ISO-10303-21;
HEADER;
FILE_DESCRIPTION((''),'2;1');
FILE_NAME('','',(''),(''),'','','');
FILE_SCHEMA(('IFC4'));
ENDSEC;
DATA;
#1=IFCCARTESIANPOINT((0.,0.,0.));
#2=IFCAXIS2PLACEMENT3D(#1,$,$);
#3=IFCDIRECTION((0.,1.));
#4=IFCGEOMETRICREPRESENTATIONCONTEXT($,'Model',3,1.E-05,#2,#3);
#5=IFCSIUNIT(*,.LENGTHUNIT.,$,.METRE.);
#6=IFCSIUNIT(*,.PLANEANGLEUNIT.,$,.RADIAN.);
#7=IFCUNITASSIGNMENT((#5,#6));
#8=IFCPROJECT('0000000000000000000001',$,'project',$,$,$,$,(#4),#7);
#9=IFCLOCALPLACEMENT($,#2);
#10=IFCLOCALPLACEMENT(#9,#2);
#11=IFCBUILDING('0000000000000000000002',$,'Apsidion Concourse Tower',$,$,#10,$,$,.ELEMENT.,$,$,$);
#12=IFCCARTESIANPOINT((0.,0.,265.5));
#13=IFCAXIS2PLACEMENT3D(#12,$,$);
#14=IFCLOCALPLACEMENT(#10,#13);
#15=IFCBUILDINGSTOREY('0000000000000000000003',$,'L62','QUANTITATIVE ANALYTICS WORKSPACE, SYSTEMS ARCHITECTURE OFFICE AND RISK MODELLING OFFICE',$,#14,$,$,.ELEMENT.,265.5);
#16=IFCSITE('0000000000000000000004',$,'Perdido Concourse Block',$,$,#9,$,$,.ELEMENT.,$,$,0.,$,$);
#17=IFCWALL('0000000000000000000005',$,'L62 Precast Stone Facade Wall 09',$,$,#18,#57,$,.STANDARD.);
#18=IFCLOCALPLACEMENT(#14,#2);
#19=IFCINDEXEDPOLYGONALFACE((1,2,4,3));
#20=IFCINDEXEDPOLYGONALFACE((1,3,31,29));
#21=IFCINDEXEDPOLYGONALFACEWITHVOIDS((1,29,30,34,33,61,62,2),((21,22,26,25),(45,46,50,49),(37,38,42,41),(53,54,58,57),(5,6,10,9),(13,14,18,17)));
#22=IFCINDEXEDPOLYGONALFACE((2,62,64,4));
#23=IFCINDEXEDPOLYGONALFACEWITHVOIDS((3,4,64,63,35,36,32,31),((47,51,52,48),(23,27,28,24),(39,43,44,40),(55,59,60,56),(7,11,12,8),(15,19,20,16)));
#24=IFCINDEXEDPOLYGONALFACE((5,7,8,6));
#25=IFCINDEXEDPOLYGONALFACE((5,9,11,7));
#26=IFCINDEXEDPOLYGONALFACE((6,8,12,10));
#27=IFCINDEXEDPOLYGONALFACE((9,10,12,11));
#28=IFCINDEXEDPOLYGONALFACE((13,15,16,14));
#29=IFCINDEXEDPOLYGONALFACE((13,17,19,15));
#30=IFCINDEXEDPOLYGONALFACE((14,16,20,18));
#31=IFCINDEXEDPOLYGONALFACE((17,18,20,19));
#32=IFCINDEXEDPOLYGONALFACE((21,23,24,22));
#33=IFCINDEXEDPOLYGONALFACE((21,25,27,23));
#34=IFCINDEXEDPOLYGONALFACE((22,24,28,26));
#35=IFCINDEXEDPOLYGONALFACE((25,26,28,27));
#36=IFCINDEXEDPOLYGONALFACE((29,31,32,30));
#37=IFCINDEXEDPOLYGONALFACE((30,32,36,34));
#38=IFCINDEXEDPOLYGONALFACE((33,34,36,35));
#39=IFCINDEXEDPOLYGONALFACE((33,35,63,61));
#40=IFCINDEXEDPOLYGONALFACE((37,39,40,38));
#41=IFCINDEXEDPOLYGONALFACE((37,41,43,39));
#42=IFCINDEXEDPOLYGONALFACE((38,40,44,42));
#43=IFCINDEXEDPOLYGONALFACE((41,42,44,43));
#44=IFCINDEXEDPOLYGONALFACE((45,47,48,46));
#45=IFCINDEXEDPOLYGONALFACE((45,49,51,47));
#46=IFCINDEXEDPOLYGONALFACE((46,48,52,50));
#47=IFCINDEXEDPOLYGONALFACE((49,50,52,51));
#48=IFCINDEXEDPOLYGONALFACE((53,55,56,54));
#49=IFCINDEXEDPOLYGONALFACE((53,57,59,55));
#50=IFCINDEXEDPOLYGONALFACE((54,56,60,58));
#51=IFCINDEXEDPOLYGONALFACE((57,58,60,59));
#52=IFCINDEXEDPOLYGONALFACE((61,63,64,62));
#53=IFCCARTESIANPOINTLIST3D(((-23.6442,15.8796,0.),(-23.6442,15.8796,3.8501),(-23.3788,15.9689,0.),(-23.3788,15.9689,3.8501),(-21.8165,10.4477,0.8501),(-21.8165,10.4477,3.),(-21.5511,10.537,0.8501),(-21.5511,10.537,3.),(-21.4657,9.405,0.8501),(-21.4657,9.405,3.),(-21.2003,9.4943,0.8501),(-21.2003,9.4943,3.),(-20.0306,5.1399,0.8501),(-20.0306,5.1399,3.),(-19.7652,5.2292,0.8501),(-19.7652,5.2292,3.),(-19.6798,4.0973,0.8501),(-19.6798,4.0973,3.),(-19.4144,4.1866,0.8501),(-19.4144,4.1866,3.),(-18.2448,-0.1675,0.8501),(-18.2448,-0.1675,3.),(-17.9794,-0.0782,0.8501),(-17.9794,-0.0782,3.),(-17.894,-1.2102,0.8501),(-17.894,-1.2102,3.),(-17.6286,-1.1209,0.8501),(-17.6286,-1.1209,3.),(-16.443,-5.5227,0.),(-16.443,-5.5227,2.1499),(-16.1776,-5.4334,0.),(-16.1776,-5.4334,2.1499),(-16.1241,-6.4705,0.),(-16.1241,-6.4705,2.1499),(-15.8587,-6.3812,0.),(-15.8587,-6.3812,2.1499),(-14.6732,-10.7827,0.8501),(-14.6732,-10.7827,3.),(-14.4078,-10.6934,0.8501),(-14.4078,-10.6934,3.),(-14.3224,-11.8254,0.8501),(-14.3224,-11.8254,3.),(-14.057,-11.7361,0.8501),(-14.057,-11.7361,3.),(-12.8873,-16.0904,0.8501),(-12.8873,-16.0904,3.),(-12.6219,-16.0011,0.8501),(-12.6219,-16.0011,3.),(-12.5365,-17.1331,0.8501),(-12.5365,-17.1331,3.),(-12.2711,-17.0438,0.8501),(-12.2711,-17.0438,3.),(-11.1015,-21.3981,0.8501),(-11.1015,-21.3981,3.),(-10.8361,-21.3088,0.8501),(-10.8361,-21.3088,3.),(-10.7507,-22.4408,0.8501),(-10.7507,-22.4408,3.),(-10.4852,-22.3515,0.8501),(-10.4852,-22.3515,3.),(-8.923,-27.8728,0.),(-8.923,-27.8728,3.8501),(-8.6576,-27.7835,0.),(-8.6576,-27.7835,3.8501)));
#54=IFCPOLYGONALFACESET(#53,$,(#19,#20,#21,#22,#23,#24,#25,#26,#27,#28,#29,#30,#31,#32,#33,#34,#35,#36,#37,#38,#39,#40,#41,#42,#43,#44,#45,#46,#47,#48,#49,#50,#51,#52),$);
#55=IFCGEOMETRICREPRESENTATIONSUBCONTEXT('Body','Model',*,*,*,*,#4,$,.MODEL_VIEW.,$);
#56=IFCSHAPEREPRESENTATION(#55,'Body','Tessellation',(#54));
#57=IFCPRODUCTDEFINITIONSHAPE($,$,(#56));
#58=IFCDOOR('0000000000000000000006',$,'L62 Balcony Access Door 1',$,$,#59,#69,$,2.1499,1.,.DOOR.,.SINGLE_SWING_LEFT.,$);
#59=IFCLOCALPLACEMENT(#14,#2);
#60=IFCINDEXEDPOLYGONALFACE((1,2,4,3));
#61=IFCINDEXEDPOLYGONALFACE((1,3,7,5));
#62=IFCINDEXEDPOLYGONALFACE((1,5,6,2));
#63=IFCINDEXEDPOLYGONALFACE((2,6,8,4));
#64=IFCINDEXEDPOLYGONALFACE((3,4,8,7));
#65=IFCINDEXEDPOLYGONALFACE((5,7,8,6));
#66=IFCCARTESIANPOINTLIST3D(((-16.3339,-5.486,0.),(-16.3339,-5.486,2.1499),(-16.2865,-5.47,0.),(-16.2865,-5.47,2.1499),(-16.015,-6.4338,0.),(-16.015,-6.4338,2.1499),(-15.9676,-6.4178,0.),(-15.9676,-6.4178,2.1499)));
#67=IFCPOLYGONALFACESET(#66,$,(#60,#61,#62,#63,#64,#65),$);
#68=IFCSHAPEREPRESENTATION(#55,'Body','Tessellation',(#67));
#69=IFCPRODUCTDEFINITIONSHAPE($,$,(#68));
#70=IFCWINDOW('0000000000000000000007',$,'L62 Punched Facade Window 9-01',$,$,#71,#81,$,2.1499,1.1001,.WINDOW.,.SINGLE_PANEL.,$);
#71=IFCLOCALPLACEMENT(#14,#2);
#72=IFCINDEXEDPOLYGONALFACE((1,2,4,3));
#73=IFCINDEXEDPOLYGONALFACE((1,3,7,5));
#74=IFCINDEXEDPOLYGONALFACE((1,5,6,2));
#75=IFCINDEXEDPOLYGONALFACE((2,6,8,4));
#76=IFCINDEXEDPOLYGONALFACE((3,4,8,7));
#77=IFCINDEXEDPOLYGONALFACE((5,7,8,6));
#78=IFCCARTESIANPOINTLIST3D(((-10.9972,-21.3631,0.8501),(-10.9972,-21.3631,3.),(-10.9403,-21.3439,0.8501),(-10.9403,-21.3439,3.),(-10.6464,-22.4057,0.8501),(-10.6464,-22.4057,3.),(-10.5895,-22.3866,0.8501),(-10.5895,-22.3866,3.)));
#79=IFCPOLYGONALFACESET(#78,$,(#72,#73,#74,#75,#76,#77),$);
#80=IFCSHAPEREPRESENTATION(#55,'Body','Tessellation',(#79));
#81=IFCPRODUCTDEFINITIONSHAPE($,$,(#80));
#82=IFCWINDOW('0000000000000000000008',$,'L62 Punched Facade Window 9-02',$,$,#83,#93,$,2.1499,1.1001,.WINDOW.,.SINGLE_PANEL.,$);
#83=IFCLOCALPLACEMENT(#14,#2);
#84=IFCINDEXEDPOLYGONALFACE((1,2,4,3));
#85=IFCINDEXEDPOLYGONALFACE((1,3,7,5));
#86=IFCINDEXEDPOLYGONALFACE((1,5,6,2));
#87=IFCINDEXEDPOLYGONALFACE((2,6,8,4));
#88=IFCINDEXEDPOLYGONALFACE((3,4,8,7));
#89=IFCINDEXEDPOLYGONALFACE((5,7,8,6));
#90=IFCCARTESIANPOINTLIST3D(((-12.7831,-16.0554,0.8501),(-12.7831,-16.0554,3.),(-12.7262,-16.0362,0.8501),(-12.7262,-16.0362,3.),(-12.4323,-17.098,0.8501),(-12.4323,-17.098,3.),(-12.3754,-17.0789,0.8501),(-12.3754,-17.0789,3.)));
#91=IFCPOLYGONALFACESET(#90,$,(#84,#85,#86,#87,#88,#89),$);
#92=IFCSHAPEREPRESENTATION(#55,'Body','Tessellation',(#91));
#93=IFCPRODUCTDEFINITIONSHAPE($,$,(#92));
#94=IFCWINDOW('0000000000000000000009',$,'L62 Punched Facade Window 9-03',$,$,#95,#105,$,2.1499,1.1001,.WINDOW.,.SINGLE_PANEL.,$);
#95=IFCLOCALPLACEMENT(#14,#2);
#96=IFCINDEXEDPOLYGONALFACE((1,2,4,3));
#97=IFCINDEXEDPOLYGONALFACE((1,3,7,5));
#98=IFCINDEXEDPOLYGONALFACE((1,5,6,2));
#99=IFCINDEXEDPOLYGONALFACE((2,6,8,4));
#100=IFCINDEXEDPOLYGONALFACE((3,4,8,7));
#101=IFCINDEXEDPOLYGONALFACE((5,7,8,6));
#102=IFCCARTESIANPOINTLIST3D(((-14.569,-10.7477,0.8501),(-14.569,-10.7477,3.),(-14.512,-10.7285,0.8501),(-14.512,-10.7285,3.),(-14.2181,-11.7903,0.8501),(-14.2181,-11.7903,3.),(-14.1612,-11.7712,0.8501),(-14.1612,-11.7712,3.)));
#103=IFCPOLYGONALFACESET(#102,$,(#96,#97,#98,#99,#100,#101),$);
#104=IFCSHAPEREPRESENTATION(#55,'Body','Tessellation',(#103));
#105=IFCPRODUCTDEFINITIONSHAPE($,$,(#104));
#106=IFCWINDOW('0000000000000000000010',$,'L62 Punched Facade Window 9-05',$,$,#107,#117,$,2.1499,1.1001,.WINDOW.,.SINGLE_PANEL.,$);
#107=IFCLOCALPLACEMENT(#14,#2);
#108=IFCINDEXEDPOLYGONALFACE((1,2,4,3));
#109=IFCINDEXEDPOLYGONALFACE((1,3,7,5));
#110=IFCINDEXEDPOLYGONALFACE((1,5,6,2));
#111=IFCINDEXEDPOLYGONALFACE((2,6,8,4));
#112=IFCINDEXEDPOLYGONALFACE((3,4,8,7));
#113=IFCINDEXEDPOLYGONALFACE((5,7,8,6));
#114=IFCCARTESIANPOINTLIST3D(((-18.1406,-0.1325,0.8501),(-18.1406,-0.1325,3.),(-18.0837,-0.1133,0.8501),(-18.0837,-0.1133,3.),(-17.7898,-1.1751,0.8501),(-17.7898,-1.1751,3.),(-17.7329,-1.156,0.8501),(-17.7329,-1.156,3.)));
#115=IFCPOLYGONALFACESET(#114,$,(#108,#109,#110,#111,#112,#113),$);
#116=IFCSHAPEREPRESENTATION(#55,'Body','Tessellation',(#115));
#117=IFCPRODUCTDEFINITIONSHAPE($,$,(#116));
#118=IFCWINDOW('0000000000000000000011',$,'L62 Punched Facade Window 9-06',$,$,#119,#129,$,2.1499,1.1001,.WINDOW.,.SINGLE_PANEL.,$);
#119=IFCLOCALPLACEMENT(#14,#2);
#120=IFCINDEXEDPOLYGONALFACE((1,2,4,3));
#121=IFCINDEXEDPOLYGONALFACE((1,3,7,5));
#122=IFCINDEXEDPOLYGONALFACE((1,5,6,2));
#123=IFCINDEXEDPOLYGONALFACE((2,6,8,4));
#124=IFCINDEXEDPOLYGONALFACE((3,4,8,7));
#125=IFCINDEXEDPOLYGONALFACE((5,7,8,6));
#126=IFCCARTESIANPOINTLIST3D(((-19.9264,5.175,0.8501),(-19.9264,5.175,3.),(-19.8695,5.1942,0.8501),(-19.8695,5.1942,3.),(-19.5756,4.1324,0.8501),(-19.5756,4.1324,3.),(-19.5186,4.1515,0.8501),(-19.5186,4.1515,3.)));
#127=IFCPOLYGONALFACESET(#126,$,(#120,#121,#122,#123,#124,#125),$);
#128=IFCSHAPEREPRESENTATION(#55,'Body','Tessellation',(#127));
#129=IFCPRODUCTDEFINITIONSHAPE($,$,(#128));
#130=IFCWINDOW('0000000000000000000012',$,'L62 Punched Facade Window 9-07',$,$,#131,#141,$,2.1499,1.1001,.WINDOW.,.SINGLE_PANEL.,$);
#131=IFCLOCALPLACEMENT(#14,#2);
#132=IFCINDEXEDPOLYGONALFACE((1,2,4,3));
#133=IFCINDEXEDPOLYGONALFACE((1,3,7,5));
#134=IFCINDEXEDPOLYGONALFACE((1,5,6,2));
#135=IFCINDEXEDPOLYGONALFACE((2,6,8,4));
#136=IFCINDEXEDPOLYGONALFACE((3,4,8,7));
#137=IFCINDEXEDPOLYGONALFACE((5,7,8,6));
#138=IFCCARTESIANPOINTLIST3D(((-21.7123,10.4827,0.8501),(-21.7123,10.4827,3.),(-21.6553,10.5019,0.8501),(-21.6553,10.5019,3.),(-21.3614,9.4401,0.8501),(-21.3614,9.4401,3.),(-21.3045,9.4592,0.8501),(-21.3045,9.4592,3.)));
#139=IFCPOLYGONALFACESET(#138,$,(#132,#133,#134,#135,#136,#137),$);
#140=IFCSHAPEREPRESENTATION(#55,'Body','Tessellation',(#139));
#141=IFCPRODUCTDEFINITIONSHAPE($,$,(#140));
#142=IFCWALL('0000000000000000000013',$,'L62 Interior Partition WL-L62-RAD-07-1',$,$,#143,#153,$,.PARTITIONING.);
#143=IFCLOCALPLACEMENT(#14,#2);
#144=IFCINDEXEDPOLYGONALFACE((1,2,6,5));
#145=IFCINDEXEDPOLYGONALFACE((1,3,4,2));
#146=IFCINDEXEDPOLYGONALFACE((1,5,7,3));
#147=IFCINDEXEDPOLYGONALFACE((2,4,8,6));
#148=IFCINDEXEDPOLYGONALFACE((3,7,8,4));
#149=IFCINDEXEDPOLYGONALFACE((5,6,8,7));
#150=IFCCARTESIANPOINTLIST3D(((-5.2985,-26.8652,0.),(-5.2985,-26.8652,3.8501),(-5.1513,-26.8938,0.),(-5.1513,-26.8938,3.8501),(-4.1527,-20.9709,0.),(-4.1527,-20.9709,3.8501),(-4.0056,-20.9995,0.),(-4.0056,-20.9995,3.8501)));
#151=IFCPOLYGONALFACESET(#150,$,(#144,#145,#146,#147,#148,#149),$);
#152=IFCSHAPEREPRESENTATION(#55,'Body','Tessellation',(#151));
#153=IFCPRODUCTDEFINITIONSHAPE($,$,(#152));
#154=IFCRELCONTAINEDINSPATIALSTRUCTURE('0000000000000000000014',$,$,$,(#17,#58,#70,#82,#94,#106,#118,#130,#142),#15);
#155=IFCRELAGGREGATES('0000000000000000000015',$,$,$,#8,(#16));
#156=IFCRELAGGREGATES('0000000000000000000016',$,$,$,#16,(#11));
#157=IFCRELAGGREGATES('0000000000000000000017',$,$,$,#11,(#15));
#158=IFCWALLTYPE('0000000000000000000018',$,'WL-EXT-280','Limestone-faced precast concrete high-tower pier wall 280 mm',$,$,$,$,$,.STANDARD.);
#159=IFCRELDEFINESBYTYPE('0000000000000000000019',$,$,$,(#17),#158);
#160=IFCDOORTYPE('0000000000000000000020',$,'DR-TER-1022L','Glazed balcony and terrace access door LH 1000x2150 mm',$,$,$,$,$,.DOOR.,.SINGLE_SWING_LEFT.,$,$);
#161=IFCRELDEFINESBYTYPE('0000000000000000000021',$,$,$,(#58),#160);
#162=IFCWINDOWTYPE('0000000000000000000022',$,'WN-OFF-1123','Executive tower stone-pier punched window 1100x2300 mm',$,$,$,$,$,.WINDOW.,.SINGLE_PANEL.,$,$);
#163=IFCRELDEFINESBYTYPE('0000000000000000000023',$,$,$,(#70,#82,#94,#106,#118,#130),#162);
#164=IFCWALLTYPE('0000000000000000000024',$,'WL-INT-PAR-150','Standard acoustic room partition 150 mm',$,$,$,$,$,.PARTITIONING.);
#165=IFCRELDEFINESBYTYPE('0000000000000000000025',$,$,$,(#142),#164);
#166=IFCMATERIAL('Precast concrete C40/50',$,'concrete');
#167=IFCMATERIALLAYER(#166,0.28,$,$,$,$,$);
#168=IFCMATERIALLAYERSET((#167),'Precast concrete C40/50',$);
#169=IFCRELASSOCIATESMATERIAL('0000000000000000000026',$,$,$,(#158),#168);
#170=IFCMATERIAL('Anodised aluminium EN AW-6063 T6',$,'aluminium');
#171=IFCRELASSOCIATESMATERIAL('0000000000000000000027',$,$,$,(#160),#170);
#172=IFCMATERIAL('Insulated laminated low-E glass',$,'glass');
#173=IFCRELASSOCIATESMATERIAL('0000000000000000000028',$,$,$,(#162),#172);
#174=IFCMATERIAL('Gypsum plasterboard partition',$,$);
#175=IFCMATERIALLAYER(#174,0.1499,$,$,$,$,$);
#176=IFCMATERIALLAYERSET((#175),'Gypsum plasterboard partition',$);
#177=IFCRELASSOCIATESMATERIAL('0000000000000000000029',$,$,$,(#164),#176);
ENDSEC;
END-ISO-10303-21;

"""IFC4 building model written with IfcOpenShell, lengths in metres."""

from ifc_helpers import new_model, si_unit, direction, frame, frame_2d, origin, place, context, subcontext, project, spatial, rectangle, extrude, material, layer, layer_set, type_object, element, fill, save


model = new_model("IFC4")

# Units and contexts
model_context = context("Model", 3, precision=1e-05, world=origin(), true_north=direction((0.0, 1.0)))
body_context = subcontext(model_context, "Body", "Model", "MODEL_VIEW")
ifc_project = project(units=[si_unit("LENGTHUNIT", "METRE"), si_unit("PLANEANGLEUNIT", "RADIAN")], contexts=[model_context])

# Site, building, storey
site_placement = place(None, origin())
site = spatial("IfcSite", under=ifc_project, at=site_placement, Name="Perdido Concourse Block", CompositionType="ELEMENT", RefElevation=0.0)
building_placement = place(site_placement, origin())
building = spatial("IfcBuilding", under=site, at=building_placement, Name="Apsidion Concourse Tower", CompositionType="ELEMENT")
storey_placement = place(building_placement, frame((0.0, 0.0, 265.5)))
storey = spatial("IfcBuildingStorey", under=building, at=storey_placement, Name="L62", Description="QUANTITATIVE ANALYTICS WORKSPACE, SYSTEMS ARCHITECTURE OFFICE AND RISK MODELLING OFFICE", CompositionType="ELEMENT", Elevation=265.5)

# Shared definitions
ifc_material_1 = material(Name="Precast concrete C40/50", Category="concrete")
ifc_layer_1 = layer(ifc_material_1, 0.28)
ifc_layer_set_1 = layer_set([ifc_layer_1], Name="Precast concrete C40/50")
wall_type_1 = type_object("IfcWallType", Name="WL-EXT-280", Description="Limestone-faced precast concrete high-tower pier wall 280 mm", PredefinedType="STANDARD", material=ifc_layer_set_1)

# Wall, openings, door, windows
wall_1_placement = place(storey_placement, frame((-8.7903, -27.8281, 0.0), z_axis=(0.0, 0.0, 1.0), x_axis=(-0.318898, 0.947789, 0.0)))
wall_1 = element("IfcWall", 1, at=wall_1_placement, inside=storey, type_object=wall_type_1, Name="L62 Precast Stone Facade Wall 09", PredefinedType="STANDARD", context=body_context, shape_type="SweptSolid", body=[
    extrude(rectangle(XDim=46.1626, YDim=0.28, at=frame_2d((23.0813, 0.0))), origin(), (0.0, 0.0, 1.0), 3.8501),
])
opening_1_placement = place(wall_1_placement, frame((22.5813, 0.0, 0.0)))
opening_1 = element("IfcOpeningElement", 2, at=opening_1_placement, cuts=wall_1, PredefinedType="OPENING", context=body_context, shape_type="SweptSolid", body=[
    extrude(rectangle(XDim=1.0, YDim=2.1499, at=frame_2d((0.5, 1.075))), frame((0.0, 0.1499, 0.0), z_axis=(0.0, -1.0, 0.0), x_axis=(1.0, 0.0, 0.0)), (0.0, 0.0, 1.0), 0.3),
])
opening_2_placement = place(wall_1_placement, frame((5.7312, 0.0, 0.8501)))
opening_2 = element("IfcOpeningElement", 3, at=opening_2_placement, cuts=wall_1, PredefinedType="OPENING", context=body_context, shape_type="SweptSolid", body=[
    extrude(rectangle(XDim=1.1001, YDim=2.1499, at=frame_2d((0.55, 1.075))), frame((0.0, 0.1499, 0.0), z_axis=(0.0, -1.0, 0.0), x_axis=(1.0, 0.0, 0.0)), (0.0, 0.0, 1.0), 0.3),
])
opening_3_placement = place(wall_1_placement, frame((11.3313, 0.0, 0.8501)))
opening_3 = element("IfcOpeningElement", 4, at=opening_3_placement, cuts=wall_1, PredefinedType="OPENING", context=body_context, shape_type="SweptSolid", body=[
    extrude(rectangle(XDim=1.1001, YDim=2.1499, at=frame_2d((0.55, 1.075))), frame((0.0, 0.1499, 0.0), z_axis=(0.0, -1.0, 0.0), x_axis=(1.0, 0.0, 0.0)), (0.0, 0.0, 1.0), 0.3),
])
opening_4_placement = place(wall_1_placement, frame((16.9314, 0.0, 0.8501)))
opening_4 = element("IfcOpeningElement", 5, at=opening_4_placement, cuts=wall_1, PredefinedType="OPENING", context=body_context, shape_type="SweptSolid", body=[
    extrude(rectangle(XDim=1.1001, YDim=2.1499, at=frame_2d((0.55, 1.075))), frame((0.0, 0.1499, 0.0), z_axis=(0.0, -1.0, 0.0), x_axis=(1.0, 0.0, 0.0)), (0.0, 0.0, 1.0), 0.3),
])
opening_5_placement = place(wall_1_placement, frame((28.1313, 0.0, 0.8501)))
opening_5 = element("IfcOpeningElement", 6, at=opening_5_placement, cuts=wall_1, PredefinedType="OPENING", context=body_context, shape_type="SweptSolid", body=[
    extrude(rectangle(XDim=1.1001, YDim=2.1499, at=frame_2d((0.55, 1.075))), frame((0.0, 0.1499, 0.0), z_axis=(0.0, -1.0, 0.0), x_axis=(1.0, 0.0, 0.0)), (0.0, 0.0, 1.0), 0.3),
])
opening_6_placement = place(wall_1_placement, frame((33.7312, 0.0, 0.8501)))
opening_6 = element("IfcOpeningElement", 7, at=opening_6_placement, cuts=wall_1, PredefinedType="OPENING", context=body_context, shape_type="SweptSolid", body=[
    extrude(rectangle(XDim=1.1001, YDim=2.1499, at=frame_2d((0.55, 1.075))), frame((0.0, 0.1499, 0.0), z_axis=(0.0, -1.0, 0.0), x_axis=(1.0, 0.0, 0.0)), (0.0, 0.0, 1.0), 0.3),
])
opening_7_placement = place(wall_1_placement, frame((39.3313, 0.0, 0.8501)))
opening_7 = element("IfcOpeningElement", 8, at=opening_7_placement, cuts=wall_1, PredefinedType="OPENING", context=body_context, shape_type="SweptSolid", body=[
    extrude(rectangle(XDim=1.1001, YDim=2.1499, at=frame_2d((0.55, 1.075))), frame((0.0, 0.1499, 0.0), z_axis=(0.0, -1.0, 0.0), x_axis=(1.0, 0.0, 0.0)), (0.0, 0.0, 1.0), 0.3),
])
ifc_material_2 = material(Name="Anodised aluminium EN AW-6063 T6", Category="aluminium")
door_type = type_object("IfcDoorType", Name="DR-TER-1022L", Description="Glazed balcony and terrace access door LH 1000x2150 mm", OperationType="SINGLE_SWING_LEFT", PredefinedType="DOOR", material=ifc_material_2)
door_placement = place(opening_1_placement, origin())
door = element("IfcDoor", 9, at=door_placement, inside=storey, type_object=door_type, Name="L62 Balcony Access Door 1", OperationType="SINGLE_SWING_LEFT", OverallHeight=2.1499, OverallWidth=1.0, PredefinedType="DOOR", context=body_context, shape_type="SweptSolid", body=[
    extrude(rectangle(XDim=1.0, YDim=2.1499, at=frame_2d((0.5, 1.075))), frame((0.0, 0.0249, 0.0), z_axis=(0.0, -1.0, 0.0), x_axis=(1.0, 0.0, 0.0)), (0.0, 0.0, 1.0), 0.05),
])
fill(opening_1, door)
ifc_material_3 = material(Name="Insulated laminated low-E glass", Category="glass")
window_type = type_object("IfcWindowType", Name="WN-OFF-1123", Description="Executive tower stone-pier punched window 1100x2300 mm", PartitioningType="SINGLE_PANEL", PredefinedType="WINDOW", material=ifc_material_3)
window_1_placement = place(opening_2_placement, origin())
window_1 = element("IfcWindow", 10, at=window_1_placement, inside=storey, type_object=window_type, Name="L62 Punched Facade Window 9-01", OverallHeight=2.1499, OverallWidth=1.1001, PartitioningType="SINGLE_PANEL", PredefinedType="WINDOW", context=body_context, shape_type="SweptSolid", body=[
    extrude(rectangle(XDim=1.1001, YDim=2.1499, at=frame_2d((0.55, 1.075))), frame((0.0, 0.03, 0.0), z_axis=(0.0, -1.0, 0.0), x_axis=(1.0, 0.0, 0.0)), (0.0, 0.0, 1.0), 0.0601),
])
fill(opening_2, window_1)
window_2_placement = place(opening_3_placement, origin())
window_2 = element("IfcWindow", 11, at=window_2_placement, inside=storey, type_object=window_type, Name="L62 Punched Facade Window 9-02", OverallHeight=2.1499, OverallWidth=1.1001, PartitioningType="SINGLE_PANEL", PredefinedType="WINDOW", context=body_context, shape_type="SweptSolid", body=[
    extrude(rectangle(XDim=1.1001, YDim=2.1499, at=frame_2d((0.55, 1.075))), frame((0.0, 0.03, 0.0), z_axis=(0.0, -1.0, 0.0), x_axis=(1.0, 0.0, 0.0)), (0.0, 0.0, 1.0), 0.0601),
])
fill(opening_3, window_2)
window_3_placement = place(opening_4_placement, origin())
window_3 = element("IfcWindow", 12, at=window_3_placement, inside=storey, type_object=window_type, Name="L62 Punched Facade Window 9-03", OverallHeight=2.1499, OverallWidth=1.1001, PartitioningType="SINGLE_PANEL", PredefinedType="WINDOW", context=body_context, shape_type="SweptSolid", body=[
    extrude(rectangle(XDim=1.1001, YDim=2.1499, at=frame_2d((0.55, 1.075))), frame((0.0, 0.03, 0.0), z_axis=(0.0, -1.0, 0.0), x_axis=(1.0, 0.0, 0.0)), (0.0, 0.0, 1.0), 0.0601),
])
fill(opening_4, window_3)
window_4_placement = place(opening_5_placement, origin())
window_4 = element("IfcWindow", 13, at=window_4_placement, inside=storey, type_object=window_type, Name="L62 Punched Facade Window 9-05", OverallHeight=2.1499, OverallWidth=1.1001, PartitioningType="SINGLE_PANEL", PredefinedType="WINDOW", context=body_context, shape_type="SweptSolid", body=[
    extrude(rectangle(XDim=1.1001, YDim=2.1499, at=frame_2d((0.55, 1.075))), frame((0.0, 0.03, 0.0), z_axis=(0.0, -1.0, 0.0), x_axis=(1.0, 0.0, 0.0)), (0.0, 0.0, 1.0), 0.0601),
])
fill(opening_5, window_4)
window_5_placement = place(opening_6_placement, origin())
window_5 = element("IfcWindow", 14, at=window_5_placement, inside=storey, type_object=window_type, Name="L62 Punched Facade Window 9-06", OverallHeight=2.1499, OverallWidth=1.1001, PartitioningType="SINGLE_PANEL", PredefinedType="WINDOW", context=body_context, shape_type="SweptSolid", body=[
    extrude(rectangle(XDim=1.1001, YDim=2.1499, at=frame_2d((0.55, 1.075))), frame((0.0, 0.03, 0.0), z_axis=(0.0, -1.0, 0.0), x_axis=(1.0, 0.0, 0.0)), (0.0, 0.0, 1.0), 0.0601),
])
fill(opening_6, window_5)
window_6_placement = place(opening_7_placement, origin())
window_6 = element("IfcWindow", 15, at=window_6_placement, inside=storey, type_object=window_type, Name="L62 Punched Facade Window 9-07", OverallHeight=2.1499, OverallWidth=1.1001, PartitioningType="SINGLE_PANEL", PredefinedType="WINDOW", context=body_context, shape_type="SweptSolid", body=[
    extrude(rectangle(XDim=1.1001, YDim=2.1499, at=frame_2d((0.55, 1.075))), frame((0.0, 0.03, 0.0), z_axis=(0.0, -1.0, 0.0), x_axis=(1.0, 0.0, 0.0)), (0.0, 0.0, 1.0), 0.0601),
])
fill(opening_7, window_6)

# Wall
ifc_material_4 = material(Name="Gypsum plasterboard partition")
ifc_layer_2 = layer(ifc_material_4, 0.1499)
ifc_layer_set_2 = layer_set([ifc_layer_2], Name="Gypsum plasterboard partition")
wall_type_2 = type_object("IfcWallType", Name="WL-INT-PAR-150", Description="Standard acoustic room partition 150 mm", PredefinedType="PARTITIONING", material=ifc_layer_set_2)
wall_2_placement = place(storey_placement, frame((-4.0791, -20.9851, 0.0), z_axis=(0.0, 0.0, 1.0), x_axis=(-0.190812, -0.981627, 0.0)))
element("IfcWall", 16, at=wall_2_placement, inside=storey, type_object=wall_type_2, Name="L62 Interior Partition WL-L62-RAD-07-1", PredefinedType="PARTITIONING", context=body_context, shape_type="SweptSolid", body=[
    extrude(rectangle(XDim=6.0046, YDim=0.1499, at=frame_2d((3.0024, 0.0))), origin(), (0.0, 0.0, 1.0), 3.8501),
])

save(model, "model.ifc")
